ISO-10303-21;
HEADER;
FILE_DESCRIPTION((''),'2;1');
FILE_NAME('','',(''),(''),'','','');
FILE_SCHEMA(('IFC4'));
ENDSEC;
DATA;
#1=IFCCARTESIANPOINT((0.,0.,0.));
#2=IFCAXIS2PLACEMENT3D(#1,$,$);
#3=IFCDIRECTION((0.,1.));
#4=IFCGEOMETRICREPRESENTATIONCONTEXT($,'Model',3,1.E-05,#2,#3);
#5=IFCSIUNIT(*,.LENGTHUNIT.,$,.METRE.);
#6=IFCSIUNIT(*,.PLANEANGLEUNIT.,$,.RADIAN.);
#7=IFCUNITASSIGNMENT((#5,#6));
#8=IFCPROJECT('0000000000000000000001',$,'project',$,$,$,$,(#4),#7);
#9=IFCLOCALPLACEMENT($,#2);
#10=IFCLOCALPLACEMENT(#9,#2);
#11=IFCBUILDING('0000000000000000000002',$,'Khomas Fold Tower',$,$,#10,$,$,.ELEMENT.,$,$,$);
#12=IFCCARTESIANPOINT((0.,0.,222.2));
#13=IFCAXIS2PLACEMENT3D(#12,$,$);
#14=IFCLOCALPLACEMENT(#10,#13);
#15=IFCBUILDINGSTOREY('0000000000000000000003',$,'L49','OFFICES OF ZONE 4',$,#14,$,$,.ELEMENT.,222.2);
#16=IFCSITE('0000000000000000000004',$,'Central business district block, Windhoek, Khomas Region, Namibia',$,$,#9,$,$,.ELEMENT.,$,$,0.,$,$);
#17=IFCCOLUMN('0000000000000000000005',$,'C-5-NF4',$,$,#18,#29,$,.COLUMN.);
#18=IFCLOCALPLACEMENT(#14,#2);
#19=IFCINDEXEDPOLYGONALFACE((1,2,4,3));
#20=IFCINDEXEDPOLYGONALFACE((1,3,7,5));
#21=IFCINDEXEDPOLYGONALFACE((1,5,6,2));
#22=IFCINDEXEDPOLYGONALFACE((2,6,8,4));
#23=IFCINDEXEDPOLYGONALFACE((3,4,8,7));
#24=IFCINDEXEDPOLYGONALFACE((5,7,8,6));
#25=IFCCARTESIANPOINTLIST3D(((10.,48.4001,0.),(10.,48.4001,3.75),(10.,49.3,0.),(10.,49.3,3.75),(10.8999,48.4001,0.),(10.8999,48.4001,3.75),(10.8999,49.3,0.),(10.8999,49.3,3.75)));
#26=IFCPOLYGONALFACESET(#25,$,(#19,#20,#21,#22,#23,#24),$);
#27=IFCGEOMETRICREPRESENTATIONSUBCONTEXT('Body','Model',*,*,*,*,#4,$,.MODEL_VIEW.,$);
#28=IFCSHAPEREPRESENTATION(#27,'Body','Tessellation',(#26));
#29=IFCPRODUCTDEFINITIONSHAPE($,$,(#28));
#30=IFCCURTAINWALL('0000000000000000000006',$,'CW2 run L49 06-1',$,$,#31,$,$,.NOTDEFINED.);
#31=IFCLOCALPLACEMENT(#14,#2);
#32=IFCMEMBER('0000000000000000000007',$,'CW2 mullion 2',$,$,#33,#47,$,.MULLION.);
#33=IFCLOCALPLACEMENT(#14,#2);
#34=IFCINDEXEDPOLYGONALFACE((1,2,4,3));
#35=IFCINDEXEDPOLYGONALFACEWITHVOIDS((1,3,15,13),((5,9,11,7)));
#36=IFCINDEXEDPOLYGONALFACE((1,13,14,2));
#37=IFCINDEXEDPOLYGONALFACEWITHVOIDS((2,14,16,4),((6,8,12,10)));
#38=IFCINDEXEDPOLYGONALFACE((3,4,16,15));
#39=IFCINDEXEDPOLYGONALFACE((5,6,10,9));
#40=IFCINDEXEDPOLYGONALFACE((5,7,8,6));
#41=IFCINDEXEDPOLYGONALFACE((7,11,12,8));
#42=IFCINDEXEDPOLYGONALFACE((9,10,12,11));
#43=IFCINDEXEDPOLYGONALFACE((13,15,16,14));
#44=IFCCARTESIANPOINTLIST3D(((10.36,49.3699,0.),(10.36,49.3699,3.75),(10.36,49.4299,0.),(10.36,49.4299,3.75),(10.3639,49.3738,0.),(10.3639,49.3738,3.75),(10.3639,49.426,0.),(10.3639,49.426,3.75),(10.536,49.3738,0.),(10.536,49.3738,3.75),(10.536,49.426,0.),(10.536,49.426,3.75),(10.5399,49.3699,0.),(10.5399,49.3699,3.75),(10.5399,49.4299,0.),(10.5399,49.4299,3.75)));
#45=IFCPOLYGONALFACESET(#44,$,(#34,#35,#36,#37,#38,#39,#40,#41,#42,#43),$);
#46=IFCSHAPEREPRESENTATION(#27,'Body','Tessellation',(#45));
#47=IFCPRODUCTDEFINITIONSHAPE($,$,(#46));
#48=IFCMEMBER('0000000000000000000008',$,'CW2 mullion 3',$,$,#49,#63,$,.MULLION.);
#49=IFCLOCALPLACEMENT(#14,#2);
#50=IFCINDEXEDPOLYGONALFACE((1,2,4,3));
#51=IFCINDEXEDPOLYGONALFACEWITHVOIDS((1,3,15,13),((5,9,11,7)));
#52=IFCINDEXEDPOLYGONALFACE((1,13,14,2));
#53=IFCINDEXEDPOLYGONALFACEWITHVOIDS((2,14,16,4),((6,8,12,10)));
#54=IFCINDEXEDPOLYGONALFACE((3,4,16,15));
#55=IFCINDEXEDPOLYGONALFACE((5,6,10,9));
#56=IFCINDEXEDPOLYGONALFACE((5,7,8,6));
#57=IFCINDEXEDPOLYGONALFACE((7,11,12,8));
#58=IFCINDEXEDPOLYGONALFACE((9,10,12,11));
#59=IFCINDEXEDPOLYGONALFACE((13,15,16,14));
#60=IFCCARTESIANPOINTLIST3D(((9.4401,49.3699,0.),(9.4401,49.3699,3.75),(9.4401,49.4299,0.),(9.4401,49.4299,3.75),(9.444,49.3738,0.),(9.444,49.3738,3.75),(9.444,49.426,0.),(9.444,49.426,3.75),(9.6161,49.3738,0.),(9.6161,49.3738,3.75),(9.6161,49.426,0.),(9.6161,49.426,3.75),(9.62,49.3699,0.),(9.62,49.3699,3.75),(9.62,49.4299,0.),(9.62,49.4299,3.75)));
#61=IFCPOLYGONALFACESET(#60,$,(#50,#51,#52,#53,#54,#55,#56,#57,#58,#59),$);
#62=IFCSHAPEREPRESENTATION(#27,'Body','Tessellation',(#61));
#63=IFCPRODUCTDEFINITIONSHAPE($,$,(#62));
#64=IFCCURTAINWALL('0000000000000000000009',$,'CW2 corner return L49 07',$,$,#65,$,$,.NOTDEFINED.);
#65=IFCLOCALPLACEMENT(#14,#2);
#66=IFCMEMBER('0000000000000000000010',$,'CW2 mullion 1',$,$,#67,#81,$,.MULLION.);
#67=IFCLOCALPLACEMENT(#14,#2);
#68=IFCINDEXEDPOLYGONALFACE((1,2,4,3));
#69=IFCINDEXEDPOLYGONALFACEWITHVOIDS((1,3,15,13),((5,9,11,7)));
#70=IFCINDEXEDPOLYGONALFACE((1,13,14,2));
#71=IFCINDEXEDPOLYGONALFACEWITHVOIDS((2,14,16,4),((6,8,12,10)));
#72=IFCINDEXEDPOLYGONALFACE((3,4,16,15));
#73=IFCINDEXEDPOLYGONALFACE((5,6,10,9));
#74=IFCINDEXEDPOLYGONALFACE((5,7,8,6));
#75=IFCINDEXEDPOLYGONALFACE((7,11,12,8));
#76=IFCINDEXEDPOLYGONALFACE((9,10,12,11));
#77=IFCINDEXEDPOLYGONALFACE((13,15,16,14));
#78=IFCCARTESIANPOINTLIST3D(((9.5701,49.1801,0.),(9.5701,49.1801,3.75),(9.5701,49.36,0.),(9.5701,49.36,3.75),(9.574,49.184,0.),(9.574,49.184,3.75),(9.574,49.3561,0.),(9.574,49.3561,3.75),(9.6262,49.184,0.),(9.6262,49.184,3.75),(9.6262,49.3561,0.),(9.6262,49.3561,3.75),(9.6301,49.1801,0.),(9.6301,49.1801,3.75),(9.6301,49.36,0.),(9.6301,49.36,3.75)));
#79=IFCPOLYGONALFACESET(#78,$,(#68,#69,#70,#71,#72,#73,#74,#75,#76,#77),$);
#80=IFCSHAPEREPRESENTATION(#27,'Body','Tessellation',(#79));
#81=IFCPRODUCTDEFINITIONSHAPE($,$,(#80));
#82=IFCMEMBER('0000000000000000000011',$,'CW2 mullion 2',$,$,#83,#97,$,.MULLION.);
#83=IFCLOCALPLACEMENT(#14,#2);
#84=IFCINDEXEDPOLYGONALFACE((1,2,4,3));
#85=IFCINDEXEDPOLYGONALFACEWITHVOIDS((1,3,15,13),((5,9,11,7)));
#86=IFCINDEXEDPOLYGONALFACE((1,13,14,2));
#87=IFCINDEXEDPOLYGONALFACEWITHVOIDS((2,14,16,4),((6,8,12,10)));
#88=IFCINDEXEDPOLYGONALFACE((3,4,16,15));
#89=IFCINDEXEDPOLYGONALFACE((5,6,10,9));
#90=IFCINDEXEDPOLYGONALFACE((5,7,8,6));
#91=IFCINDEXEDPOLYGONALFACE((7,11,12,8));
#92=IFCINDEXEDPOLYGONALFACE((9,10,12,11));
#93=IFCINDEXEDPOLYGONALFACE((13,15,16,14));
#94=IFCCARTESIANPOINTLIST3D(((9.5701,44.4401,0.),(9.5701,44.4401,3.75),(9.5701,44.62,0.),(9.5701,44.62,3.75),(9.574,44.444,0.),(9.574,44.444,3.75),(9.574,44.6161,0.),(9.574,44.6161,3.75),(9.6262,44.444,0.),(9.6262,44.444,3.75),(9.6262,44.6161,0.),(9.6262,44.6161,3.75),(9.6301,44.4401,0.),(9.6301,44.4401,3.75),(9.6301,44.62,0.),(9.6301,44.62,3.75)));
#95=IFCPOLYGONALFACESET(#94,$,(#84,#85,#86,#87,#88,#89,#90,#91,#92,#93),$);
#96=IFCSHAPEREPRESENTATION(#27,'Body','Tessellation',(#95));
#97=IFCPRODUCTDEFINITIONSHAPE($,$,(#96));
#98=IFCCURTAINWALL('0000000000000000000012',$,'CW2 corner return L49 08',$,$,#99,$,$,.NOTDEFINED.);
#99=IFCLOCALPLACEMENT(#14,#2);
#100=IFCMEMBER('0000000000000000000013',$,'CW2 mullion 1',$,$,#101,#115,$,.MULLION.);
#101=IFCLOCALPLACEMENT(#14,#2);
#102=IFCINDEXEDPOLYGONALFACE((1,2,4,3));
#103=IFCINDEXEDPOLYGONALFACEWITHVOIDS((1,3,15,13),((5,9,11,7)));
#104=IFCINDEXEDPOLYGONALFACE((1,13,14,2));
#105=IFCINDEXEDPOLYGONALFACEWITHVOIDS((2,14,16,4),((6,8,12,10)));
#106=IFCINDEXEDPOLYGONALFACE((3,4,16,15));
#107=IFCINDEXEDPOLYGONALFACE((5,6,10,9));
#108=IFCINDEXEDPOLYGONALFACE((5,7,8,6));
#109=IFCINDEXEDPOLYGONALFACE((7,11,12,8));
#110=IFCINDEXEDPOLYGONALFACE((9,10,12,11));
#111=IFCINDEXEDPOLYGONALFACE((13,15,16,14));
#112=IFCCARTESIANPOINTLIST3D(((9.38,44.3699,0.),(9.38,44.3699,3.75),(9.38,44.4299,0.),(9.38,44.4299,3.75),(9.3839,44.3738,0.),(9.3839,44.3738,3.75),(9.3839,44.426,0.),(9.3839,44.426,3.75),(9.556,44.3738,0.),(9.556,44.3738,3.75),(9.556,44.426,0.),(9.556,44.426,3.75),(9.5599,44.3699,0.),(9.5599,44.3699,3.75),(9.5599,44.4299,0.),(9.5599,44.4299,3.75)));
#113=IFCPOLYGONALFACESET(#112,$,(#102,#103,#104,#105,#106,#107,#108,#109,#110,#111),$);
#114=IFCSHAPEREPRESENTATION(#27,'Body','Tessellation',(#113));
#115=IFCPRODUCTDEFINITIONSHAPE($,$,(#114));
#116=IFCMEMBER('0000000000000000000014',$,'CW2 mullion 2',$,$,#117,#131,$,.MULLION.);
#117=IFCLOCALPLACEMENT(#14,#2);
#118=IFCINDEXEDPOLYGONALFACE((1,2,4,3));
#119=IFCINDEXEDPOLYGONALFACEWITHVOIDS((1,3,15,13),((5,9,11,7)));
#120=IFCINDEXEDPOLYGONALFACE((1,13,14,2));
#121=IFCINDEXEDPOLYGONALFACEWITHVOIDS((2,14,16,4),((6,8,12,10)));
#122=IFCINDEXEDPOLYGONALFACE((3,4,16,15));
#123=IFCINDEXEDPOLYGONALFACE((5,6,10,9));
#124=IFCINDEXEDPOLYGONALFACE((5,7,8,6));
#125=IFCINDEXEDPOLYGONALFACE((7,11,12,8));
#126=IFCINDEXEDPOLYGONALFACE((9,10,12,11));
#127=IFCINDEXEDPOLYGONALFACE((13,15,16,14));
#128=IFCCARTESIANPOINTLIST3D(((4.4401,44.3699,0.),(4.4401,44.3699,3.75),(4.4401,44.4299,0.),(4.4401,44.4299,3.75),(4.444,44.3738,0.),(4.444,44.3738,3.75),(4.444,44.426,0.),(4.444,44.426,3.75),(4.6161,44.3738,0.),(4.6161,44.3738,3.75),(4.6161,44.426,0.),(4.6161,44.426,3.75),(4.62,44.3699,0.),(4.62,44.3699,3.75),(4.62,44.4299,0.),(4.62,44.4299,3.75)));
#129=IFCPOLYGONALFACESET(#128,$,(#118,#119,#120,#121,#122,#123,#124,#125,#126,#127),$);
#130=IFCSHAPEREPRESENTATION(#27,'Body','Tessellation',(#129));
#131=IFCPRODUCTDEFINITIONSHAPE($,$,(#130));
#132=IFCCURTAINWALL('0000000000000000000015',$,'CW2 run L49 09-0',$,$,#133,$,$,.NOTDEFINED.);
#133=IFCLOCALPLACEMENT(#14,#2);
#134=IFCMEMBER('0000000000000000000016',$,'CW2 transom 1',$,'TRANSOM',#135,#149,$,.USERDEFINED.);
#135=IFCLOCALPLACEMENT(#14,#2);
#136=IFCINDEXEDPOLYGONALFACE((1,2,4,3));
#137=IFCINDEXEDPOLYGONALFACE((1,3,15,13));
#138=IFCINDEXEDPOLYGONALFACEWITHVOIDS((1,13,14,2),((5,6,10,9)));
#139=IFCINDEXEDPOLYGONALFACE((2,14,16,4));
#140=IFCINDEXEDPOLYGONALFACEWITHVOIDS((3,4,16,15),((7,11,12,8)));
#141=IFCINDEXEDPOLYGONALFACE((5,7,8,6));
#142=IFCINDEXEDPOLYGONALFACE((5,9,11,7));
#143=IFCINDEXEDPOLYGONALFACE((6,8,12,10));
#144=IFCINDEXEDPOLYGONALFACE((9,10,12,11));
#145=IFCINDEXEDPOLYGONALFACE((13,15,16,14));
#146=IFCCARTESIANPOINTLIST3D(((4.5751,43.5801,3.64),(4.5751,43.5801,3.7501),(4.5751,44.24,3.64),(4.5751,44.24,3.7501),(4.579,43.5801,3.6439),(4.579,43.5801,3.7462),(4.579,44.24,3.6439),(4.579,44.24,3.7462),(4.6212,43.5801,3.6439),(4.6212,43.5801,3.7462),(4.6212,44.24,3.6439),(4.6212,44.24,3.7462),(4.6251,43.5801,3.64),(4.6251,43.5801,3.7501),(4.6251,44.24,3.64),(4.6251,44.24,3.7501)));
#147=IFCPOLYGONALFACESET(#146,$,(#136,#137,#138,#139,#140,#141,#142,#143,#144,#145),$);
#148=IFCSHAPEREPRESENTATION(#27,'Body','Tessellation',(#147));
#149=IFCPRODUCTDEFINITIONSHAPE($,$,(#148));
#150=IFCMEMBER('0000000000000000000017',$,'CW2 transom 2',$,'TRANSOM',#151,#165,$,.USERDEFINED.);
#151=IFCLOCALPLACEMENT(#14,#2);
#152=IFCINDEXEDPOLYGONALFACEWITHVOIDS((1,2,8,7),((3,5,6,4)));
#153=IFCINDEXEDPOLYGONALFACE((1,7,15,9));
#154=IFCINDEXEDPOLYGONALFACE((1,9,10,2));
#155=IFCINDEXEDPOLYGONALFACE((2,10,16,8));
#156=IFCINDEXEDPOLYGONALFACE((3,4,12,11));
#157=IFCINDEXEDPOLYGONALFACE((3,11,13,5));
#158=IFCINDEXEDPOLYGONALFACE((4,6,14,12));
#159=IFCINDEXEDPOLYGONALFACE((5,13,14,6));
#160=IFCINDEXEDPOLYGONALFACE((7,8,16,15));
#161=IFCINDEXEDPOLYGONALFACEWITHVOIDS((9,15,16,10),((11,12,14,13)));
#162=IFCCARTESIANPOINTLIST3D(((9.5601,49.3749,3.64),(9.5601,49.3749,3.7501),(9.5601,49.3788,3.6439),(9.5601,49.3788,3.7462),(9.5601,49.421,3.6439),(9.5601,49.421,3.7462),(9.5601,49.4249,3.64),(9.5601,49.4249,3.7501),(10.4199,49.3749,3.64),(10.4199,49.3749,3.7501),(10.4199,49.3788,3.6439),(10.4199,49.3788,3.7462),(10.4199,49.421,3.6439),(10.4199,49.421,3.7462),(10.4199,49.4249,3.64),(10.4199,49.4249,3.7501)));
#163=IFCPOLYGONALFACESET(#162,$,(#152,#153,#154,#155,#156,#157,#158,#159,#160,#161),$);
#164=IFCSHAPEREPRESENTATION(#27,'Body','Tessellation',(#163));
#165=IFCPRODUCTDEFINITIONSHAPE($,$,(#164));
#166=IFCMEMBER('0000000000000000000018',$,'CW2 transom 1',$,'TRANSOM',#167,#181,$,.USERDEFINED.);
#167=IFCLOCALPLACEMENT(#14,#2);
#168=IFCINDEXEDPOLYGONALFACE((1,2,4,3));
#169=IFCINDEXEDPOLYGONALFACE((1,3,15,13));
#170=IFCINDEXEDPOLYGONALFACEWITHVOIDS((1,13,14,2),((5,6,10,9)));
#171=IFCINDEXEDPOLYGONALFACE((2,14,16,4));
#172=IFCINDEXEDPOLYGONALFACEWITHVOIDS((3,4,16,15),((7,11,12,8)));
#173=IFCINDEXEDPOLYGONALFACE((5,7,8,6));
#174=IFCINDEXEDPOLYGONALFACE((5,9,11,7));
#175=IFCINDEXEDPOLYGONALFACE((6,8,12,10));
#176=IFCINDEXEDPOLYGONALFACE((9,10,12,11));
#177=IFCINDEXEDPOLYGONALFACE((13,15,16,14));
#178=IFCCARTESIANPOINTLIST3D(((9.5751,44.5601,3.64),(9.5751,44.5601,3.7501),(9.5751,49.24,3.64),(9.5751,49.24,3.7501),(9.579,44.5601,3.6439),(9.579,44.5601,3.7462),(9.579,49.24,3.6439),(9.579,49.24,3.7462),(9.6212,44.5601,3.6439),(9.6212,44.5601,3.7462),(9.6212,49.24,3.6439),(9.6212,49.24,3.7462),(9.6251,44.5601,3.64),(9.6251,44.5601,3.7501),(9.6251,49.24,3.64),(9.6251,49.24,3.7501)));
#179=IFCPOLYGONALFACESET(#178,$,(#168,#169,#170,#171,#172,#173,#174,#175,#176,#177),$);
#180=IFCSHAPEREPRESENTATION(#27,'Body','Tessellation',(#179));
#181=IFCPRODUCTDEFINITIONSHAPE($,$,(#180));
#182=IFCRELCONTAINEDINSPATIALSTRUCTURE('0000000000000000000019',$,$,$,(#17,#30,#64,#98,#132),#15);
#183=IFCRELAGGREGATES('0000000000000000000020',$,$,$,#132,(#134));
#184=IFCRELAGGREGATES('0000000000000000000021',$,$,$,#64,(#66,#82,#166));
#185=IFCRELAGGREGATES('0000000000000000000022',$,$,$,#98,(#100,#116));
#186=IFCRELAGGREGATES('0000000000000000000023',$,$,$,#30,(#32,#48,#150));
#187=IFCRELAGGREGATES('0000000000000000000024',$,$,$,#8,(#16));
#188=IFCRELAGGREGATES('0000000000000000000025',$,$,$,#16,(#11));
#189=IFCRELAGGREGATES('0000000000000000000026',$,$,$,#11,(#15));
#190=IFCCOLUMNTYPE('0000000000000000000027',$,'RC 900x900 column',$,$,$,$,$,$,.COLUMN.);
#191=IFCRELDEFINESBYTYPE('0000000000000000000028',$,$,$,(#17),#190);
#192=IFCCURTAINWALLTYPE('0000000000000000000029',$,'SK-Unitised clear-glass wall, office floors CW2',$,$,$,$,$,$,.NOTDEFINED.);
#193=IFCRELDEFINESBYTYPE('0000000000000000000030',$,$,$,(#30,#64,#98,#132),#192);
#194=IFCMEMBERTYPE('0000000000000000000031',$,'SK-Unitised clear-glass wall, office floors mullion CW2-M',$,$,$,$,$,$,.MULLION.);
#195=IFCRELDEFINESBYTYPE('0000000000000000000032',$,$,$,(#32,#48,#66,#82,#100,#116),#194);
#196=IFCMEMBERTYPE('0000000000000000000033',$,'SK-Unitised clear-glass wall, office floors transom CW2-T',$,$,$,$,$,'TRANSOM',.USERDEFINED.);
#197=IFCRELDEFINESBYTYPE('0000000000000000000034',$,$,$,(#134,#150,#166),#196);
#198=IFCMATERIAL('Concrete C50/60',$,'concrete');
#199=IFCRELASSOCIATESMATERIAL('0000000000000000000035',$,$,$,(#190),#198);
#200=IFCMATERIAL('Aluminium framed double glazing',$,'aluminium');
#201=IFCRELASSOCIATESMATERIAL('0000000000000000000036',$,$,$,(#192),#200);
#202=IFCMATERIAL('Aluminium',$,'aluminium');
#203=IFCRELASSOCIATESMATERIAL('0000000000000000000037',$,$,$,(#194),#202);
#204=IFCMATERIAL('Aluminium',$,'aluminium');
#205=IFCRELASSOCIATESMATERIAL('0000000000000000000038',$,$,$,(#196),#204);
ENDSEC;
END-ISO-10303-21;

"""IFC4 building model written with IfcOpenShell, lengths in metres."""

from ifc_helpers import new_model, si_unit, direction, frame, origin, origin_2d, place, context, subcontext, project, spatial, rectangle, hollow_rectangle, extrude, source, transform, mapped, material, material_profile, profile_set, type_object, element, aggregate, save


model = new_model("IFC4")

# Units and contexts
model_context = context("Model", 3, precision=1e-05, world=origin(), true_north=direction((0.0, 1.0)))
body_context = subcontext(model_context, "Body", "Model", "MODEL_VIEW")
ifc_project = project(units=[si_unit("LENGTHUNIT", "METRE"), si_unit("PLANEANGLEUNIT", "RADIAN")], contexts=[model_context])

# Site, building, storey
site_placement = place(None, origin())
site = spatial("IfcSite", under=ifc_project, at=site_placement, Name="Central business district block, Windhoek, Khomas Region, Namibia", CompositionType="ELEMENT", RefElevation=0.0)
building_placement = place(site_placement, origin())
building = spatial("IfcBuilding", under=site, at=building_placement, Name="Khomas Fold Tower", CompositionType="ELEMENT")
storey_placement = place(building_placement, frame((0.0, 0.0, 222.2)))
storey = spatial("IfcBuildingStorey", under=building, at=storey_placement, Name="L49", Description="OFFICES OF ZONE 4", CompositionType="ELEMENT", Elevation=222.2)

# Column
ifc_material_1 = material(Name="Concrete C50/60", Category="concrete")
ifc_material_profile_1 = material_profile(ifc_material_1, rectangle(XDim=0.8999, YDim=0.8999, at=origin_2d()), Name="RC 900x900")
ifc_profile_set_1 = profile_set([ifc_material_profile_1], Name="Concrete C50/60")
column_type = type_object("IfcColumnType", Name="RC 900x900 column", PredefinedType="COLUMN", material=ifc_profile_set_1)
shared_shape_1 = source(origin(), body_context, "Body", "SweptSolid", [
    extrude(rectangle(XDim=0.8999, YDim=0.8999, at=origin_2d()), origin(), (0.0, 0.0, 1.0), 3.75),
])
column_placement = place(storey_placement, frame((10.45, 48.8501, 0.0), z_axis=(0.0, 0.0, 1.0), x_axis=(1.0, 0.0, 0.0)))
element("IfcColumn", 1, at=column_placement, inside=storey, type_object=column_type, Name="C-5-NF4", PredefinedType="COLUMN", context=body_context, shape_type="MappedRepresentation", body=[
    mapped(shared_shape_1, transform((0.0, 0.0, 0.0))),
])

# Curtain walls, members
ifc_material_2 = material(Name="Aluminium framed double glazing", Category="aluminium")
curtain_wall_type = type_object("IfcCurtainWallType", Name="SK-Unitised clear-glass wall, office floors CW2", PredefinedType="NOTDEFINED", material=ifc_material_2)
curtain_wall_1_placement = place(storey_placement, origin())
curtain_wall_1 = element("IfcCurtainWall", 2, at=curtain_wall_1_placement, inside=storey, type_object=curtain_wall_type, Name="CW2 run L49 06-1", PredefinedType="NOTDEFINED")
ifc_material_3 = material(Name="Aluminium", Category="aluminium")
ifc_material_profile_2 = material_profile(ifc_material_3, hollow_rectangle(XDim=0.0601, YDim=0.1799, WallThickness=0.0039, at=origin_2d()), Name="SK-Unitised clear-glass wall, office floors mullion CW2-M")
ifc_profile_set_2 = profile_set([ifc_material_profile_2], Name="Aluminium")
member_type_1 = type_object("IfcMemberType", Name="SK-Unitised clear-glass wall, office floors mullion CW2-M", PredefinedType="MULLION", material=ifc_profile_set_2)
shared_shape_2 = source(origin(), body_context, "Body", "SweptSolid", [
    extrude(hollow_rectangle(XDim=0.0601, YDim=0.1799, WallThickness=0.0039, at=origin_2d()), origin(), (0.0, 0.0, 1.0), 3.75),
])
member_1_placement = place(storey_placement, frame((10.45, 49.3999, 0.0), z_axis=(0.0, 0.0, 1.0), x_axis=(0.0, -1.0, 0.0)))
member_1 = element("IfcMember", 3, at=member_1_placement, type_object=member_type_1, Name="CW2 mullion 2", PredefinedType="MULLION", context=body_context, shape_type="MappedRepresentation", body=[
    mapped(shared_shape_2, transform((0.0, 0.0, 0.0))),
])
member_2_placement = place(storey_placement, frame((9.53, 49.3999, 0.0), z_axis=(0.0, 0.0, 1.0), x_axis=(0.0, -1.0, 0.0)))
member_2 = element("IfcMember", 4, at=member_2_placement, type_object=member_type_1, Name="CW2 mullion 3", PredefinedType="MULLION", context=body_context, shape_type="MappedRepresentation", body=[
    mapped(shared_shape_2, transform((0.0, 0.0, 0.0))),
])
curtain_wall_2_placement = place(storey_placement, origin())
curtain_wall_2 = element("IfcCurtainWall", 5, at=curtain_wall_2_placement, inside=storey, type_object=curtain_wall_type, Name="CW2 corner return L49 07", PredefinedType="NOTDEFINED")
member_3_placement = place(storey_placement, frame((9.6001, 49.27, 0.0), z_axis=(0.0, 0.0, 1.0), x_axis=(1.0, 0.0, 0.0)))
member_3 = element("IfcMember", 6, at=member_3_placement, type_object=member_type_1, Name="CW2 mullion 1", PredefinedType="MULLION", context=body_context, shape_type="MappedRepresentation", body=[
    mapped(shared_shape_2, transform((0.0, 0.0, 0.0))),
])
member_4_placement = place(storey_placement, frame((9.6001, 44.53, 0.0), z_axis=(0.0, 0.0, 1.0), x_axis=(1.0, 0.0, 0.0)))
member_4 = element("IfcMember", 7, at=member_4_placement, type_object=member_type_1, Name="CW2 mullion 2", PredefinedType="MULLION", context=body_context, shape_type="MappedRepresentation", body=[
    mapped(shared_shape_2, transform((0.0, 0.0, 0.0))),
])
curtain_wall_3_placement = place(storey_placement, origin())
curtain_wall_3 = element("IfcCurtainWall", 8, at=curtain_wall_3_placement, inside=storey, type_object=curtain_wall_type, Name="CW2 corner return L49 08", PredefinedType="NOTDEFINED")
member_5_placement = place(storey_placement, frame((9.47, 44.3999, 0.0), z_axis=(0.0, 0.0, 1.0), x_axis=(0.0, -1.0, 0.0)))
member_5 = element("IfcMember", 9, at=member_5_placement, type_object=member_type_1, Name="CW2 mullion 1", PredefinedType="MULLION", context=body_context, shape_type="MappedRepresentation", body=[
    mapped(shared_shape_2, transform((0.0, 0.0, 0.0))),
])
member_6_placement = place(storey_placement, frame((4.53, 44.3999, 0.0), z_axis=(0.0, 0.0, 1.0), x_axis=(0.0, -1.0, 0.0)))
member_6 = element("IfcMember", 10, at=member_6_placement, type_object=member_type_1, Name="CW2 mullion 2", PredefinedType="MULLION", context=body_context, shape_type="MappedRepresentation", body=[
    mapped(shared_shape_2, transform((0.0, 0.0, 0.0))),
])

# Curtain wall, member
curtain_wall_4_placement = place(storey_placement, origin())
curtain_wall_4 = element("IfcCurtainWall", 11, at=curtain_wall_4_placement, inside=storey, type_object=curtain_wall_type, Name="CW2 run L49 09-0", PredefinedType="NOTDEFINED")
ifc_material_4 = material(Name="Aluminium", Category="aluminium")
ifc_material_profile_3 = material_profile(ifc_material_4, hollow_rectangle(XDim=0.05, YDim=0.1101, WallThickness=0.0039, at=origin_2d()), Name="SK-Unitised clear-glass wall, office floors transom CW2-T")
ifc_profile_set_3 = profile_set([ifc_material_profile_3], Name="Aluminium")
member_type_2 = type_object("IfcMemberType", Name="SK-Unitised clear-glass wall, office floors transom CW2-T", ElementType="TRANSOM", PredefinedType="USERDEFINED", material=ifc_profile_set_3)
shared_shape_3 = source(origin(), body_context, "Body", "SweptSolid", [
    extrude(hollow_rectangle(XDim=0.05, YDim=0.1101, WallThickness=0.0039, at=origin_2d()), origin(), (0.0, 0.0, 1.0), 0.6599),
])
member_7_placement = place(storey_placement, frame((4.6001, 44.24, 3.6951), z_axis=(0.0, -1.0, 0.0), x_axis=(1.0, 0.0, 0.0)))
member_7 = element("IfcMember", 12, at=member_7_placement, type_object=member_type_2, Name="CW2 transom 1", ObjectType="TRANSOM", PredefinedType="USERDEFINED", context=body_context, shape_type="MappedRepresentation", body=[
    mapped(shared_shape_3, transform((0.0, 0.0, 0.0))),
])
aggregate(curtain_wall_4, [member_7])

# Members
shared_shape_4 = source(origin(), body_context, "Body", "SweptSolid", [
    extrude(hollow_rectangle(XDim=0.05, YDim=0.1101, WallThickness=0.0039, at=origin_2d()), origin(), (0.0, 0.0, 1.0), 0.8599),
])
member_8_placement = place(storey_placement, frame((10.4199, 49.3999, 3.6951), z_axis=(-1.0, 0.0, 0.0), x_axis=(0.0, -1.0, 0.0)))
member_8 = element("IfcMember", 13, at=member_8_placement, type_object=member_type_2, Name="CW2 transom 2", ObjectType="TRANSOM", PredefinedType="USERDEFINED", context=body_context, shape_type="MappedRepresentation", body=[
    mapped(shared_shape_4, transform((0.0, 0.0, 0.0))),
])
shared_shape_5 = source(origin(), body_context, "Body", "SweptSolid", [
    extrude(hollow_rectangle(XDim=0.05, YDim=0.1101, WallThickness=0.0039, at=origin_2d()), origin(), (0.0, 0.0, 1.0), 4.6799),
])
member_9_placement = place(storey_placement, frame((9.6001, 49.24, 3.6951), z_axis=(0.0, -1.0, 0.0), x_axis=(1.0, 0.0, 0.0)))
member_9 = element("IfcMember", 14, at=member_9_placement, type_object=member_type_2, Name="CW2 transom 1", ObjectType="TRANSOM", PredefinedType="USERDEFINED", context=body_context, shape_type="MappedRepresentation", body=[
    mapped(shared_shape_5, transform((0.0, 0.0, 0.0))),
])

aggregate(curtain_wall_2, [member_3, member_4, member_9])
aggregate(curtain_wall_3, [member_5, member_6])
aggregate(curtain_wall_1, [member_1, member_2, member_8])

save(model, "model.ifc")
